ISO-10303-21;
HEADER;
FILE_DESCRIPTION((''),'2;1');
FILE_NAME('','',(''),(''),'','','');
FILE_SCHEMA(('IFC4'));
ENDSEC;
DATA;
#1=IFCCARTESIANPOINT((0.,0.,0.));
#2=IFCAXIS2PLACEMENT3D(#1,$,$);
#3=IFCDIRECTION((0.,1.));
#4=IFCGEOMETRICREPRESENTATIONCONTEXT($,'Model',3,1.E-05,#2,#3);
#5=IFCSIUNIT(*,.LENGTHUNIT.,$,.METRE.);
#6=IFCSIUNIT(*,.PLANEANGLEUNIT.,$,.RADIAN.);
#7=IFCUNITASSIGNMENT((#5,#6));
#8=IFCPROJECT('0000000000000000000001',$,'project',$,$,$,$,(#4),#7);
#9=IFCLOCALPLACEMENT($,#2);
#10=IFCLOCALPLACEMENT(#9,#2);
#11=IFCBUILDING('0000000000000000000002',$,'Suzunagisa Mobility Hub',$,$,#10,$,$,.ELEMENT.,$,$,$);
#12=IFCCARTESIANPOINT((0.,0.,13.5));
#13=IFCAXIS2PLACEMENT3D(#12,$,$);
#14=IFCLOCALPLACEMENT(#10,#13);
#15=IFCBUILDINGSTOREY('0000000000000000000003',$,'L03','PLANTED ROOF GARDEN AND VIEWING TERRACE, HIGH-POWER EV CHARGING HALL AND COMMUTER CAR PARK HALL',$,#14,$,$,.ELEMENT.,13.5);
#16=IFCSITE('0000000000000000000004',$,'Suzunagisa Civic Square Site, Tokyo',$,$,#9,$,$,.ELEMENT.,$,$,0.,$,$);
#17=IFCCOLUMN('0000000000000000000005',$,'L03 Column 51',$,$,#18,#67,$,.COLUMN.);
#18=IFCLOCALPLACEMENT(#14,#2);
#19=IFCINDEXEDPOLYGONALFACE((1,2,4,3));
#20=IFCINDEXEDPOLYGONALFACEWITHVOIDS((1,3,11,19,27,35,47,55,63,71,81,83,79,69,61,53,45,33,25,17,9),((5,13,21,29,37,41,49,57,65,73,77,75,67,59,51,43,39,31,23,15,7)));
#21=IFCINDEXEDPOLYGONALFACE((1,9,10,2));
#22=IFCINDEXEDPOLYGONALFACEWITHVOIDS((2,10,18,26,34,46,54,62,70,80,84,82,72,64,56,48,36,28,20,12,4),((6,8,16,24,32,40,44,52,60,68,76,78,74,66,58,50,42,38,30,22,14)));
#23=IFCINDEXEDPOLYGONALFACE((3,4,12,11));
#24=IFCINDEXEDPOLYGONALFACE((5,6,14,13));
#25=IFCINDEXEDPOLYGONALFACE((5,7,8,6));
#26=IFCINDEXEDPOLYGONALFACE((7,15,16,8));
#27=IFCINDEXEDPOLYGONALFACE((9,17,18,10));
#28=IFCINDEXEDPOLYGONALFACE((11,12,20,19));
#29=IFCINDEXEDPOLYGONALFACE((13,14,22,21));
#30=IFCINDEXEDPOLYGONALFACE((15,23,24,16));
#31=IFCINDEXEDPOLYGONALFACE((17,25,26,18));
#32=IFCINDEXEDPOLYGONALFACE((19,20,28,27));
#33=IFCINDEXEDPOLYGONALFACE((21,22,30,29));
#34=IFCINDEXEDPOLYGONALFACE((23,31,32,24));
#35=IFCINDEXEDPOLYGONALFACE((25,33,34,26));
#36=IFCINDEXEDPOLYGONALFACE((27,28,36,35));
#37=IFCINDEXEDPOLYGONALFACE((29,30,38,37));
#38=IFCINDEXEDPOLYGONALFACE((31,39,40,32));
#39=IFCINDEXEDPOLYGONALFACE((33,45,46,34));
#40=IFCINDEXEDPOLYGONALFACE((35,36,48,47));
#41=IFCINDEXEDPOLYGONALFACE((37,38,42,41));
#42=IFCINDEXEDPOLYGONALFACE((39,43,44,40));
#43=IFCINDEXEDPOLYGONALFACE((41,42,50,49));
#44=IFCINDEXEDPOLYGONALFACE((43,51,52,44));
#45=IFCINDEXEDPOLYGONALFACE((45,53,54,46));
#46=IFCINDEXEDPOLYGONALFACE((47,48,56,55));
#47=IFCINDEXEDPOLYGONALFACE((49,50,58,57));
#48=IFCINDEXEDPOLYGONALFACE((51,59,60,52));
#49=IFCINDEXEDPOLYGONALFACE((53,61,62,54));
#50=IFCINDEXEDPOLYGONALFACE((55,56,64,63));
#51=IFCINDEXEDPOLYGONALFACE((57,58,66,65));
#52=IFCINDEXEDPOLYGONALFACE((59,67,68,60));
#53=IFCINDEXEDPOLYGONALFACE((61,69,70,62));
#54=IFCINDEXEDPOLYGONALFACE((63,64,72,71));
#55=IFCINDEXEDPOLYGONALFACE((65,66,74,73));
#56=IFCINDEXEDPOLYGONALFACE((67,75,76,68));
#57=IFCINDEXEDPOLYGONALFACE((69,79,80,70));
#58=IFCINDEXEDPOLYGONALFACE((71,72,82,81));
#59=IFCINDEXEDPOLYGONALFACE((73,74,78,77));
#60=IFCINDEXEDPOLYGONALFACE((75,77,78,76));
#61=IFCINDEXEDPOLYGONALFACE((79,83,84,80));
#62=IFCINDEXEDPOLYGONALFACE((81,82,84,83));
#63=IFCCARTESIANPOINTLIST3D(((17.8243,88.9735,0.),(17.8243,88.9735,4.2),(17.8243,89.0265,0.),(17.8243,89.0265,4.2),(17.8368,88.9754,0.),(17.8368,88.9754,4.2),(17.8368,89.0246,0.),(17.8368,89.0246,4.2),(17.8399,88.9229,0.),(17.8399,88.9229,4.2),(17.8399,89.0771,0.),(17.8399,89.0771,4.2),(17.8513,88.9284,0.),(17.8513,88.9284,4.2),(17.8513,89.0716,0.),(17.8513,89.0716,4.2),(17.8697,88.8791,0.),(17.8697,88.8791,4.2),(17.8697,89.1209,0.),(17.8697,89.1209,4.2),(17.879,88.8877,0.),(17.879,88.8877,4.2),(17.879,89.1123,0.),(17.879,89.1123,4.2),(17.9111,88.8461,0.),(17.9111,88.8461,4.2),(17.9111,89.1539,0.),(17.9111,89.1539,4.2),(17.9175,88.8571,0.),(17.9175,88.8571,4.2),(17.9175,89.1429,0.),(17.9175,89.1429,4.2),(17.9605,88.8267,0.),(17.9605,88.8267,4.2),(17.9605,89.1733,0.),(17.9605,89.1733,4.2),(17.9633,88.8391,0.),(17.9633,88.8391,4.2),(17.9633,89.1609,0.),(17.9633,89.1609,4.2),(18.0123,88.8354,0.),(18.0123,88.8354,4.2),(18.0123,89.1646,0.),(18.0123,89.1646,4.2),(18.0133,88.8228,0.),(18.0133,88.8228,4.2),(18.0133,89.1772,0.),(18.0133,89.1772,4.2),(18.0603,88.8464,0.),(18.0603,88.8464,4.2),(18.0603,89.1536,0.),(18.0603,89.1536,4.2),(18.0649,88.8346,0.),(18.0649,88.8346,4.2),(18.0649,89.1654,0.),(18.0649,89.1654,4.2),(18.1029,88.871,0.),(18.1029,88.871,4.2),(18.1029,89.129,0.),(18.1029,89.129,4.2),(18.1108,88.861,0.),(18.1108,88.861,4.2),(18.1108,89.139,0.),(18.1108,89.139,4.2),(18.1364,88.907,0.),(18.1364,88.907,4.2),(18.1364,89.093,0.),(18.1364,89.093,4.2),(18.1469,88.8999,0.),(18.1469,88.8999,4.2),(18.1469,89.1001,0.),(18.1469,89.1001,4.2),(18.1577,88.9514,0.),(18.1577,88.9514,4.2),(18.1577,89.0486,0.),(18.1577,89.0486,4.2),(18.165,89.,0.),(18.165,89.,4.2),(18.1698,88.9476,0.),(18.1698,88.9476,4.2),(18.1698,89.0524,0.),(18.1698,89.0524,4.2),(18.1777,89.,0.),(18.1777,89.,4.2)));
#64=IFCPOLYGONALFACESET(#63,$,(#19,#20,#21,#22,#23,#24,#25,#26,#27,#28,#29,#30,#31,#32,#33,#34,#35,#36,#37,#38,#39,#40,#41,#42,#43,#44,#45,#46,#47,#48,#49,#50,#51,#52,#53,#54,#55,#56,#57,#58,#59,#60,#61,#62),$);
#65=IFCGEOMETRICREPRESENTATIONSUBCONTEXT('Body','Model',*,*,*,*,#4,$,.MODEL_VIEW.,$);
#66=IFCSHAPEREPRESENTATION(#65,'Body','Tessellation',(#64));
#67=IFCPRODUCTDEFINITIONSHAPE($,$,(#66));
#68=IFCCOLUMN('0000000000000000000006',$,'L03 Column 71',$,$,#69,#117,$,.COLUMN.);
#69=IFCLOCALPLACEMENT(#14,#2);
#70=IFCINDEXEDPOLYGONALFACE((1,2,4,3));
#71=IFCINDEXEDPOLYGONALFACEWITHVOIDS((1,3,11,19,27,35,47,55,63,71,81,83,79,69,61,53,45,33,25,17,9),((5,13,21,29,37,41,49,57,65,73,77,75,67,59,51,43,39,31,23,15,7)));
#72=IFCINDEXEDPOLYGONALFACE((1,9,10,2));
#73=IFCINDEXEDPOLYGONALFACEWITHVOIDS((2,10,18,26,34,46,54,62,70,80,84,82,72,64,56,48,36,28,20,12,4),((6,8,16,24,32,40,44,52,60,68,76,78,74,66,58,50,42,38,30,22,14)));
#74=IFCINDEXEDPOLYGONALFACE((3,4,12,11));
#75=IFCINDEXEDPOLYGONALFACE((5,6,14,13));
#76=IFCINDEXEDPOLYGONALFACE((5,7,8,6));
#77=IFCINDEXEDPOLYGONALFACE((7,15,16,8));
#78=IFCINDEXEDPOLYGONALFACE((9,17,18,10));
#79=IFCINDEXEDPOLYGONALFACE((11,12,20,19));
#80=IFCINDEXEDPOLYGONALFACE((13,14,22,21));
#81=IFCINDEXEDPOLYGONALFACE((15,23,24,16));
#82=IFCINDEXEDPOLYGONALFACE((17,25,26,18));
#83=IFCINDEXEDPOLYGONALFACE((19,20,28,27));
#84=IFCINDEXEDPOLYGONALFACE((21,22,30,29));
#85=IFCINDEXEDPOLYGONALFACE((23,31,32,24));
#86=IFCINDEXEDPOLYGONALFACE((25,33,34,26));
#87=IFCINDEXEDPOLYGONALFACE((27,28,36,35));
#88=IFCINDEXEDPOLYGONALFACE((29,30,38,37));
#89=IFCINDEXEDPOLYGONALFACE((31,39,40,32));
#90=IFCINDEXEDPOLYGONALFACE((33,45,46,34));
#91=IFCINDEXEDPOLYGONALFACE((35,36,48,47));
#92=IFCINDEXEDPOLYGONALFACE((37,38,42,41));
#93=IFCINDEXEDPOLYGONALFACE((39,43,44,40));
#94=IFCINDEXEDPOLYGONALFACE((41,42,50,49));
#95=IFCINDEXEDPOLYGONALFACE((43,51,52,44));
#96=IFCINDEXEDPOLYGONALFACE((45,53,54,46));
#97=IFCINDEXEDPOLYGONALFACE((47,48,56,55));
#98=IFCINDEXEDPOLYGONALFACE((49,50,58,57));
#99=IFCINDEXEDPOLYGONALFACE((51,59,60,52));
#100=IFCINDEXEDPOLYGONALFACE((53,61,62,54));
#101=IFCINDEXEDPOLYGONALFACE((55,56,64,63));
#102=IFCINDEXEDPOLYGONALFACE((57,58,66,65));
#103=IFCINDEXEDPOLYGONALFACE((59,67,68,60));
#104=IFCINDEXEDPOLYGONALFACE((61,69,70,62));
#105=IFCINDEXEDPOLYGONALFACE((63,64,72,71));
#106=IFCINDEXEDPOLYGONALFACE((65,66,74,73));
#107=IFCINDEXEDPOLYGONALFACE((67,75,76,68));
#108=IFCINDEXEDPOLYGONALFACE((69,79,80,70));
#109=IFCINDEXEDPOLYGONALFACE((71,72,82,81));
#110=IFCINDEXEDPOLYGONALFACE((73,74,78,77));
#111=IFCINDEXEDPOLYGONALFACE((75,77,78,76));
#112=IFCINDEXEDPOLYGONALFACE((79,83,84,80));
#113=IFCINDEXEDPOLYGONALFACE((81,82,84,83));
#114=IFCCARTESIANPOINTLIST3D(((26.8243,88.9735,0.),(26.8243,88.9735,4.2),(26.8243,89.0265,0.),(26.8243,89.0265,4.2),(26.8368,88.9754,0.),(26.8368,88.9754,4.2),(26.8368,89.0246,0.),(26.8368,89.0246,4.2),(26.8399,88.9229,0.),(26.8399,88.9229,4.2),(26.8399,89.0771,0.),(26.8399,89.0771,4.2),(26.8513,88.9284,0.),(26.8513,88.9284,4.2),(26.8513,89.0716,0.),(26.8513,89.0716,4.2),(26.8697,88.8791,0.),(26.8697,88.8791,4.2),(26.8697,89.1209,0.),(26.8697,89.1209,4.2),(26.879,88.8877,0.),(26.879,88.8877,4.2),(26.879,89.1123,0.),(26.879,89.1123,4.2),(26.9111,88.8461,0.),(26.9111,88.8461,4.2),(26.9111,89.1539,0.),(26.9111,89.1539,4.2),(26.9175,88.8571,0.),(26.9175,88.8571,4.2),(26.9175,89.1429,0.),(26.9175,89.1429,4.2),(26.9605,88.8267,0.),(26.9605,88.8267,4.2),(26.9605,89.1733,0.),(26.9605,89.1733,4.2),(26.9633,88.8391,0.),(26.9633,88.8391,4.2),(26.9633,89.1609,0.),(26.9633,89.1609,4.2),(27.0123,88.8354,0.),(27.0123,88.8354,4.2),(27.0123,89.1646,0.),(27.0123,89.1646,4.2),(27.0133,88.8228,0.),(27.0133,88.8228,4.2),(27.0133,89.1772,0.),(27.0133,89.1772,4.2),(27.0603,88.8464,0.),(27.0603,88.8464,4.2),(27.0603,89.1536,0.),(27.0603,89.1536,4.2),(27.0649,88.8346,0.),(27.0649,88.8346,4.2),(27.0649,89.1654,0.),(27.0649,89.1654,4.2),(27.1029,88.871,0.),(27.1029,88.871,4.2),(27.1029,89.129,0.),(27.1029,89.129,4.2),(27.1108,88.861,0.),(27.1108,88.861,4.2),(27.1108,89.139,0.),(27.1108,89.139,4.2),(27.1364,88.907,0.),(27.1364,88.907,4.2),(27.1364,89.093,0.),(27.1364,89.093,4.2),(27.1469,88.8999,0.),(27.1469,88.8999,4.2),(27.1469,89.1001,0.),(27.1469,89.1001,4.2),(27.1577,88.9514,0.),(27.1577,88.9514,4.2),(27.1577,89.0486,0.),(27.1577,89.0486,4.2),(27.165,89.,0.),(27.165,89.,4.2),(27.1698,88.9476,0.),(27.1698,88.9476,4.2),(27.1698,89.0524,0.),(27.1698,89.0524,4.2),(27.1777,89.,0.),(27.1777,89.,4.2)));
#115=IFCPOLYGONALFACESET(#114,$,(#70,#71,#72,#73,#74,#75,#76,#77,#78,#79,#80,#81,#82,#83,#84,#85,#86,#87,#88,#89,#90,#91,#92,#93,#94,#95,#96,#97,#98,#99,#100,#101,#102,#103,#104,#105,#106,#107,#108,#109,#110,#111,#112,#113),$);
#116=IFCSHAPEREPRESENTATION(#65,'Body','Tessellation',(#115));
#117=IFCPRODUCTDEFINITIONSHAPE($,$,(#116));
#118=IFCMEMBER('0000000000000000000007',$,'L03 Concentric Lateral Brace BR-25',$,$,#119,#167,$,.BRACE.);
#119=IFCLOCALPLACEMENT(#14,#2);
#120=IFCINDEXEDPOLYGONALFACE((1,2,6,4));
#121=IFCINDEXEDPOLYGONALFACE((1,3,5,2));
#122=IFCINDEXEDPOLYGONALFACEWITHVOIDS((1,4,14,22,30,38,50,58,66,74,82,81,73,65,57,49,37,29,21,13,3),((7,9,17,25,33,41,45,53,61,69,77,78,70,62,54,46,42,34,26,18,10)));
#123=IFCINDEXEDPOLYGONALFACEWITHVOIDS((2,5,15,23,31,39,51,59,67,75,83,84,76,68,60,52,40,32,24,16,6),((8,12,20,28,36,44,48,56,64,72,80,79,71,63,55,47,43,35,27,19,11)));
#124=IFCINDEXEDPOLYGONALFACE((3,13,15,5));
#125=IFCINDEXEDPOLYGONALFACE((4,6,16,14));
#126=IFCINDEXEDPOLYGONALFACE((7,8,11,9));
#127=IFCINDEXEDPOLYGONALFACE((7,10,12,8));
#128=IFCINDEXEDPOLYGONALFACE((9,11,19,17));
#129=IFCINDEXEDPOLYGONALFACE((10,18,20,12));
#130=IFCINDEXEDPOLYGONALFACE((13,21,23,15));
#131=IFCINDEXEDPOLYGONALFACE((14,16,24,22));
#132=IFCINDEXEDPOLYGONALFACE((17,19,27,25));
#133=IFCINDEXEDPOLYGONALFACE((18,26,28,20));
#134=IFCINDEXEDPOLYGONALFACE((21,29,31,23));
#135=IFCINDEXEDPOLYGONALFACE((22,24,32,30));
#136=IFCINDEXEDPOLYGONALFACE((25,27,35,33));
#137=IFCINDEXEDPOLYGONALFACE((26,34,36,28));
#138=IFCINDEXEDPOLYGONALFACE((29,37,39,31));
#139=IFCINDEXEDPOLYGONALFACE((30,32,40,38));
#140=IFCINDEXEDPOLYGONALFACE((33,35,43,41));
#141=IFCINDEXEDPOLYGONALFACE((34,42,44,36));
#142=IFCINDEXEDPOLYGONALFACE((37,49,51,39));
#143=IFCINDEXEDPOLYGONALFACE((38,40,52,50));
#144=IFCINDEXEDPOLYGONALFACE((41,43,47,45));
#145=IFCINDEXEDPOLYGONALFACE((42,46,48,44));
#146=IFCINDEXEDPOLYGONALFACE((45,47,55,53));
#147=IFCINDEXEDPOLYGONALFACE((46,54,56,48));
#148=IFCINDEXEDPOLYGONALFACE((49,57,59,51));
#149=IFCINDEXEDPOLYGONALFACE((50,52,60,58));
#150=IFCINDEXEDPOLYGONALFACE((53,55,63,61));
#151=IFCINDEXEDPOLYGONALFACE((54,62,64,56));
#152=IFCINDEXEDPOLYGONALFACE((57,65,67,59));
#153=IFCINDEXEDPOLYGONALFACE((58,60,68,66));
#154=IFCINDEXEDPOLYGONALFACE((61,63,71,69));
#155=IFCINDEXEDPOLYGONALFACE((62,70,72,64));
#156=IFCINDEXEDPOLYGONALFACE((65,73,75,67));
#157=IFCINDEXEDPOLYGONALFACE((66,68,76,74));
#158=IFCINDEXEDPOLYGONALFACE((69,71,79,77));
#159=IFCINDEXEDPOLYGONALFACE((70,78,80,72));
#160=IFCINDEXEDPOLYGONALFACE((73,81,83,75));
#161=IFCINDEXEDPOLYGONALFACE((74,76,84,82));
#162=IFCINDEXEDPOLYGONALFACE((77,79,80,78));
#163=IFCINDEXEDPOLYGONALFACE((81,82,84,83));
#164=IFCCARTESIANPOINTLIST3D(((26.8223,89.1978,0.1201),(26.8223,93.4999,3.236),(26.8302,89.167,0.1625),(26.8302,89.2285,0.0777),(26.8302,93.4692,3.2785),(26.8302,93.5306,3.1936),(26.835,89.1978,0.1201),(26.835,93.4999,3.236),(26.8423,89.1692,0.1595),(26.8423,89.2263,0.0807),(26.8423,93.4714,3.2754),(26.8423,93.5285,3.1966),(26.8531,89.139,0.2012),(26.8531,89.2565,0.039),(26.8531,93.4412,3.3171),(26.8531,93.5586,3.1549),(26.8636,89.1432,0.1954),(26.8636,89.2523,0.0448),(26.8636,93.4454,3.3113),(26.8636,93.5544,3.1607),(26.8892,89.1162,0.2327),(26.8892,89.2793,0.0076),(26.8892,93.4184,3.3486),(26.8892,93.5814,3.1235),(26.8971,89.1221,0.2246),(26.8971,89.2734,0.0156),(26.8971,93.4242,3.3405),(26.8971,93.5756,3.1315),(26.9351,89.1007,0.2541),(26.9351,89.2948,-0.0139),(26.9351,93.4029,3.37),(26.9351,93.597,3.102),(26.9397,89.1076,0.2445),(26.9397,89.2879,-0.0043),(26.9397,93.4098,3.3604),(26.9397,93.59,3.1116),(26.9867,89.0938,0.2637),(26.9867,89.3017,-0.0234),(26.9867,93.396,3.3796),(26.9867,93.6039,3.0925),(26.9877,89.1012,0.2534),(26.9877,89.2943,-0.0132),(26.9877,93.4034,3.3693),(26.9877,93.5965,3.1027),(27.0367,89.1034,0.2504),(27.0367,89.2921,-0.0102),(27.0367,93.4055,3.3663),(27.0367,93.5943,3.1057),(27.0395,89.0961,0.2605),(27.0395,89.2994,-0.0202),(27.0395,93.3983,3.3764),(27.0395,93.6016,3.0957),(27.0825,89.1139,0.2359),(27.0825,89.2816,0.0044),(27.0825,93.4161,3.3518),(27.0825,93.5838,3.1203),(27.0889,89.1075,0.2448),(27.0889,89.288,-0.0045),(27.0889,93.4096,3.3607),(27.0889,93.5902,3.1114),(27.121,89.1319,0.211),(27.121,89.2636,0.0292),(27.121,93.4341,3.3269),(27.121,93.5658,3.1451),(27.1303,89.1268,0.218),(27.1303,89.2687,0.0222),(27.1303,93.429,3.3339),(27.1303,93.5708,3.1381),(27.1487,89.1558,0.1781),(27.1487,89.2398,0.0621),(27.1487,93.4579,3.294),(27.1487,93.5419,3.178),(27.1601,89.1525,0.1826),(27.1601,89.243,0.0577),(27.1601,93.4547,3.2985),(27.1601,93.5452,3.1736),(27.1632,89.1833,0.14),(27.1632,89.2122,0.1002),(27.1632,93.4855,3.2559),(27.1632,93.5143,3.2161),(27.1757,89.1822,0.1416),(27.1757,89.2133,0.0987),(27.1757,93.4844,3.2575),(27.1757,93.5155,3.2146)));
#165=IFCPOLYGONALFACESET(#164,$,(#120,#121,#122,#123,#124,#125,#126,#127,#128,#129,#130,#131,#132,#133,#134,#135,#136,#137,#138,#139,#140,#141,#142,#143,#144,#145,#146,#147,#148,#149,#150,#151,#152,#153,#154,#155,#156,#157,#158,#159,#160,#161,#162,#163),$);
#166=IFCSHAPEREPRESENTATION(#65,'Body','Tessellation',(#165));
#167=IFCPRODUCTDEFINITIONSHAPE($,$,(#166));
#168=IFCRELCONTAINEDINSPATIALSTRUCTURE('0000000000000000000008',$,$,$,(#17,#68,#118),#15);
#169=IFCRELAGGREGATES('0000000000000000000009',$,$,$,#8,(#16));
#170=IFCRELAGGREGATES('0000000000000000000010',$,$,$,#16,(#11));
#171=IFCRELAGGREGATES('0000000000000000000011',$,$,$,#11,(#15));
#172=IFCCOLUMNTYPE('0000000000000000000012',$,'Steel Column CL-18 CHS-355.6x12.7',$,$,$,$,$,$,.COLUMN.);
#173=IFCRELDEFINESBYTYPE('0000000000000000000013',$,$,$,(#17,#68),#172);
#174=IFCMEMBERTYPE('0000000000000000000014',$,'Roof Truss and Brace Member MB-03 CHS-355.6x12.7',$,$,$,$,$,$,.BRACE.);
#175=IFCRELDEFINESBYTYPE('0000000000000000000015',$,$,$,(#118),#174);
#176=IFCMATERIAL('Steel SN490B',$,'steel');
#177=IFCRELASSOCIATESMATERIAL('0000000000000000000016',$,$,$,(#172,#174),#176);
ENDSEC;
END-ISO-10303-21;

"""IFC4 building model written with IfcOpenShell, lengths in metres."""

from ifc_helpers import new_model, si_unit, direction, frame, origin, origin_2d, place, context, subcontext, project, spatial, hollow_circle, extrude, material, material_profile, profile_set, type_object, element, save


model = new_model("IFC4")

# Units and contexts
model_context = context("Model", 3, precision=1e-05, world=origin(), true_north=direction((0.0, 1.0)))
body_context = subcontext(model_context, "Body", "Model", "MODEL_VIEW")
ifc_project = project(units=[si_unit("LENGTHUNIT", "METRE"), si_unit("PLANEANGLEUNIT", "RADIAN")], contexts=[model_context])

# Site, building, storey
site_placement = place(None, origin())
site = spatial("IfcSite", under=ifc_project, at=site_placement, Name="Suzunagisa Civic Square Site, Tokyo", CompositionType="ELEMENT", RefElevation=0.0)
building_placement = place(site_placement, origin())
building = spatial("IfcBuilding", under=site, at=building_placement, Name="Suzunagisa Mobility Hub", CompositionType="ELEMENT")
storey_placement = place(building_placement, frame((0.0, 0.0, 13.5)))
storey = spatial("IfcBuildingStorey", under=building, at=storey_placement, Name="L03", Description="PLANTED ROOF GARDEN AND VIEWING TERRACE, HIGH-POWER EV CHARGING HALL AND COMMUTER CAR PARK HALL", CompositionType="ELEMENT", Elevation=13.5)

# Columns
ifc_material_1 = material(Name="Steel SN490B", Category="steel")
ifc_material_profile_1 = material_profile(ifc_material_1, hollow_circle(Radius=0.1777, WallThickness=0.0127, at=origin_2d()), Name="CHS-355.6x12.7")
ifc_profile_set_1 = profile_set([ifc_material_profile_1], Name="Steel SN490B")
column_type_1 = type_object("IfcColumnType", Name="Steel Column CL-18 CHS-355.6x12.7", PredefinedType="COLUMN", material=ifc_profile_set_1)
for number, where, z_axis, x_axis, name in (
    (1, (18.0, 89.0, 0.0), (0.0, 0.0, 1.0), (1.0, 0.0, 0.0), "L03 Column 51"),
    (2, (27.0, 89.0, 0.0), (0.0, 0.0, 1.0), (1.0, 0.0, 0.0), "L03 Column 71"),
):
    element("IfcColumn", number, at=place(storey_placement, frame(where, z_axis=z_axis, x_axis=x_axis)), inside=storey, type_object=column_type_1, Name=name, PredefinedType="COLUMN", context=body_context, shape_type="SweptSolid", body=[
        extrude(hollow_circle(Radius=0.1777, WallThickness=0.0127, at=origin_2d()), origin(), (0.0, 0.0, 1.0), 4.2),
    ])

# Member
ifc_material_profile_2 = material_profile(ifc_material_1, hollow_circle(Radius=0.1777, WallThickness=0.0127, at=origin_2d()), Name="CHS-355.6x12.7")
ifc_profile_set_2 = profile_set([ifc_material_profile_2], Name="Steel SN490B")
member_type = type_object("IfcMemberType", Name="Roof Truss and Brace Member MB-03 CHS-355.6x12.7", PredefinedType="BRACE", material=ifc_profile_set_2)
member_placement = place(storey_placement, frame((27.0, 89.1978, 0.1201), z_axis=(0.0, 0.809893, 0.586577), x_axis=(-1.0, 0.0, 0.0)))
element("IfcMember", 3, at=member_placement, inside=storey, type_object=member_type, Name="L03 Concentric Lateral Brace BR-25", PredefinedType="BRACE", context=body_context, shape_type="SweptSolid", body=[
    extrude(hollow_circle(Radius=0.1777, WallThickness=0.0127, at=origin_2d()), origin(), (0.0, 0.0, 1.0), 5.312),
])

save(model, "model.ifc")
